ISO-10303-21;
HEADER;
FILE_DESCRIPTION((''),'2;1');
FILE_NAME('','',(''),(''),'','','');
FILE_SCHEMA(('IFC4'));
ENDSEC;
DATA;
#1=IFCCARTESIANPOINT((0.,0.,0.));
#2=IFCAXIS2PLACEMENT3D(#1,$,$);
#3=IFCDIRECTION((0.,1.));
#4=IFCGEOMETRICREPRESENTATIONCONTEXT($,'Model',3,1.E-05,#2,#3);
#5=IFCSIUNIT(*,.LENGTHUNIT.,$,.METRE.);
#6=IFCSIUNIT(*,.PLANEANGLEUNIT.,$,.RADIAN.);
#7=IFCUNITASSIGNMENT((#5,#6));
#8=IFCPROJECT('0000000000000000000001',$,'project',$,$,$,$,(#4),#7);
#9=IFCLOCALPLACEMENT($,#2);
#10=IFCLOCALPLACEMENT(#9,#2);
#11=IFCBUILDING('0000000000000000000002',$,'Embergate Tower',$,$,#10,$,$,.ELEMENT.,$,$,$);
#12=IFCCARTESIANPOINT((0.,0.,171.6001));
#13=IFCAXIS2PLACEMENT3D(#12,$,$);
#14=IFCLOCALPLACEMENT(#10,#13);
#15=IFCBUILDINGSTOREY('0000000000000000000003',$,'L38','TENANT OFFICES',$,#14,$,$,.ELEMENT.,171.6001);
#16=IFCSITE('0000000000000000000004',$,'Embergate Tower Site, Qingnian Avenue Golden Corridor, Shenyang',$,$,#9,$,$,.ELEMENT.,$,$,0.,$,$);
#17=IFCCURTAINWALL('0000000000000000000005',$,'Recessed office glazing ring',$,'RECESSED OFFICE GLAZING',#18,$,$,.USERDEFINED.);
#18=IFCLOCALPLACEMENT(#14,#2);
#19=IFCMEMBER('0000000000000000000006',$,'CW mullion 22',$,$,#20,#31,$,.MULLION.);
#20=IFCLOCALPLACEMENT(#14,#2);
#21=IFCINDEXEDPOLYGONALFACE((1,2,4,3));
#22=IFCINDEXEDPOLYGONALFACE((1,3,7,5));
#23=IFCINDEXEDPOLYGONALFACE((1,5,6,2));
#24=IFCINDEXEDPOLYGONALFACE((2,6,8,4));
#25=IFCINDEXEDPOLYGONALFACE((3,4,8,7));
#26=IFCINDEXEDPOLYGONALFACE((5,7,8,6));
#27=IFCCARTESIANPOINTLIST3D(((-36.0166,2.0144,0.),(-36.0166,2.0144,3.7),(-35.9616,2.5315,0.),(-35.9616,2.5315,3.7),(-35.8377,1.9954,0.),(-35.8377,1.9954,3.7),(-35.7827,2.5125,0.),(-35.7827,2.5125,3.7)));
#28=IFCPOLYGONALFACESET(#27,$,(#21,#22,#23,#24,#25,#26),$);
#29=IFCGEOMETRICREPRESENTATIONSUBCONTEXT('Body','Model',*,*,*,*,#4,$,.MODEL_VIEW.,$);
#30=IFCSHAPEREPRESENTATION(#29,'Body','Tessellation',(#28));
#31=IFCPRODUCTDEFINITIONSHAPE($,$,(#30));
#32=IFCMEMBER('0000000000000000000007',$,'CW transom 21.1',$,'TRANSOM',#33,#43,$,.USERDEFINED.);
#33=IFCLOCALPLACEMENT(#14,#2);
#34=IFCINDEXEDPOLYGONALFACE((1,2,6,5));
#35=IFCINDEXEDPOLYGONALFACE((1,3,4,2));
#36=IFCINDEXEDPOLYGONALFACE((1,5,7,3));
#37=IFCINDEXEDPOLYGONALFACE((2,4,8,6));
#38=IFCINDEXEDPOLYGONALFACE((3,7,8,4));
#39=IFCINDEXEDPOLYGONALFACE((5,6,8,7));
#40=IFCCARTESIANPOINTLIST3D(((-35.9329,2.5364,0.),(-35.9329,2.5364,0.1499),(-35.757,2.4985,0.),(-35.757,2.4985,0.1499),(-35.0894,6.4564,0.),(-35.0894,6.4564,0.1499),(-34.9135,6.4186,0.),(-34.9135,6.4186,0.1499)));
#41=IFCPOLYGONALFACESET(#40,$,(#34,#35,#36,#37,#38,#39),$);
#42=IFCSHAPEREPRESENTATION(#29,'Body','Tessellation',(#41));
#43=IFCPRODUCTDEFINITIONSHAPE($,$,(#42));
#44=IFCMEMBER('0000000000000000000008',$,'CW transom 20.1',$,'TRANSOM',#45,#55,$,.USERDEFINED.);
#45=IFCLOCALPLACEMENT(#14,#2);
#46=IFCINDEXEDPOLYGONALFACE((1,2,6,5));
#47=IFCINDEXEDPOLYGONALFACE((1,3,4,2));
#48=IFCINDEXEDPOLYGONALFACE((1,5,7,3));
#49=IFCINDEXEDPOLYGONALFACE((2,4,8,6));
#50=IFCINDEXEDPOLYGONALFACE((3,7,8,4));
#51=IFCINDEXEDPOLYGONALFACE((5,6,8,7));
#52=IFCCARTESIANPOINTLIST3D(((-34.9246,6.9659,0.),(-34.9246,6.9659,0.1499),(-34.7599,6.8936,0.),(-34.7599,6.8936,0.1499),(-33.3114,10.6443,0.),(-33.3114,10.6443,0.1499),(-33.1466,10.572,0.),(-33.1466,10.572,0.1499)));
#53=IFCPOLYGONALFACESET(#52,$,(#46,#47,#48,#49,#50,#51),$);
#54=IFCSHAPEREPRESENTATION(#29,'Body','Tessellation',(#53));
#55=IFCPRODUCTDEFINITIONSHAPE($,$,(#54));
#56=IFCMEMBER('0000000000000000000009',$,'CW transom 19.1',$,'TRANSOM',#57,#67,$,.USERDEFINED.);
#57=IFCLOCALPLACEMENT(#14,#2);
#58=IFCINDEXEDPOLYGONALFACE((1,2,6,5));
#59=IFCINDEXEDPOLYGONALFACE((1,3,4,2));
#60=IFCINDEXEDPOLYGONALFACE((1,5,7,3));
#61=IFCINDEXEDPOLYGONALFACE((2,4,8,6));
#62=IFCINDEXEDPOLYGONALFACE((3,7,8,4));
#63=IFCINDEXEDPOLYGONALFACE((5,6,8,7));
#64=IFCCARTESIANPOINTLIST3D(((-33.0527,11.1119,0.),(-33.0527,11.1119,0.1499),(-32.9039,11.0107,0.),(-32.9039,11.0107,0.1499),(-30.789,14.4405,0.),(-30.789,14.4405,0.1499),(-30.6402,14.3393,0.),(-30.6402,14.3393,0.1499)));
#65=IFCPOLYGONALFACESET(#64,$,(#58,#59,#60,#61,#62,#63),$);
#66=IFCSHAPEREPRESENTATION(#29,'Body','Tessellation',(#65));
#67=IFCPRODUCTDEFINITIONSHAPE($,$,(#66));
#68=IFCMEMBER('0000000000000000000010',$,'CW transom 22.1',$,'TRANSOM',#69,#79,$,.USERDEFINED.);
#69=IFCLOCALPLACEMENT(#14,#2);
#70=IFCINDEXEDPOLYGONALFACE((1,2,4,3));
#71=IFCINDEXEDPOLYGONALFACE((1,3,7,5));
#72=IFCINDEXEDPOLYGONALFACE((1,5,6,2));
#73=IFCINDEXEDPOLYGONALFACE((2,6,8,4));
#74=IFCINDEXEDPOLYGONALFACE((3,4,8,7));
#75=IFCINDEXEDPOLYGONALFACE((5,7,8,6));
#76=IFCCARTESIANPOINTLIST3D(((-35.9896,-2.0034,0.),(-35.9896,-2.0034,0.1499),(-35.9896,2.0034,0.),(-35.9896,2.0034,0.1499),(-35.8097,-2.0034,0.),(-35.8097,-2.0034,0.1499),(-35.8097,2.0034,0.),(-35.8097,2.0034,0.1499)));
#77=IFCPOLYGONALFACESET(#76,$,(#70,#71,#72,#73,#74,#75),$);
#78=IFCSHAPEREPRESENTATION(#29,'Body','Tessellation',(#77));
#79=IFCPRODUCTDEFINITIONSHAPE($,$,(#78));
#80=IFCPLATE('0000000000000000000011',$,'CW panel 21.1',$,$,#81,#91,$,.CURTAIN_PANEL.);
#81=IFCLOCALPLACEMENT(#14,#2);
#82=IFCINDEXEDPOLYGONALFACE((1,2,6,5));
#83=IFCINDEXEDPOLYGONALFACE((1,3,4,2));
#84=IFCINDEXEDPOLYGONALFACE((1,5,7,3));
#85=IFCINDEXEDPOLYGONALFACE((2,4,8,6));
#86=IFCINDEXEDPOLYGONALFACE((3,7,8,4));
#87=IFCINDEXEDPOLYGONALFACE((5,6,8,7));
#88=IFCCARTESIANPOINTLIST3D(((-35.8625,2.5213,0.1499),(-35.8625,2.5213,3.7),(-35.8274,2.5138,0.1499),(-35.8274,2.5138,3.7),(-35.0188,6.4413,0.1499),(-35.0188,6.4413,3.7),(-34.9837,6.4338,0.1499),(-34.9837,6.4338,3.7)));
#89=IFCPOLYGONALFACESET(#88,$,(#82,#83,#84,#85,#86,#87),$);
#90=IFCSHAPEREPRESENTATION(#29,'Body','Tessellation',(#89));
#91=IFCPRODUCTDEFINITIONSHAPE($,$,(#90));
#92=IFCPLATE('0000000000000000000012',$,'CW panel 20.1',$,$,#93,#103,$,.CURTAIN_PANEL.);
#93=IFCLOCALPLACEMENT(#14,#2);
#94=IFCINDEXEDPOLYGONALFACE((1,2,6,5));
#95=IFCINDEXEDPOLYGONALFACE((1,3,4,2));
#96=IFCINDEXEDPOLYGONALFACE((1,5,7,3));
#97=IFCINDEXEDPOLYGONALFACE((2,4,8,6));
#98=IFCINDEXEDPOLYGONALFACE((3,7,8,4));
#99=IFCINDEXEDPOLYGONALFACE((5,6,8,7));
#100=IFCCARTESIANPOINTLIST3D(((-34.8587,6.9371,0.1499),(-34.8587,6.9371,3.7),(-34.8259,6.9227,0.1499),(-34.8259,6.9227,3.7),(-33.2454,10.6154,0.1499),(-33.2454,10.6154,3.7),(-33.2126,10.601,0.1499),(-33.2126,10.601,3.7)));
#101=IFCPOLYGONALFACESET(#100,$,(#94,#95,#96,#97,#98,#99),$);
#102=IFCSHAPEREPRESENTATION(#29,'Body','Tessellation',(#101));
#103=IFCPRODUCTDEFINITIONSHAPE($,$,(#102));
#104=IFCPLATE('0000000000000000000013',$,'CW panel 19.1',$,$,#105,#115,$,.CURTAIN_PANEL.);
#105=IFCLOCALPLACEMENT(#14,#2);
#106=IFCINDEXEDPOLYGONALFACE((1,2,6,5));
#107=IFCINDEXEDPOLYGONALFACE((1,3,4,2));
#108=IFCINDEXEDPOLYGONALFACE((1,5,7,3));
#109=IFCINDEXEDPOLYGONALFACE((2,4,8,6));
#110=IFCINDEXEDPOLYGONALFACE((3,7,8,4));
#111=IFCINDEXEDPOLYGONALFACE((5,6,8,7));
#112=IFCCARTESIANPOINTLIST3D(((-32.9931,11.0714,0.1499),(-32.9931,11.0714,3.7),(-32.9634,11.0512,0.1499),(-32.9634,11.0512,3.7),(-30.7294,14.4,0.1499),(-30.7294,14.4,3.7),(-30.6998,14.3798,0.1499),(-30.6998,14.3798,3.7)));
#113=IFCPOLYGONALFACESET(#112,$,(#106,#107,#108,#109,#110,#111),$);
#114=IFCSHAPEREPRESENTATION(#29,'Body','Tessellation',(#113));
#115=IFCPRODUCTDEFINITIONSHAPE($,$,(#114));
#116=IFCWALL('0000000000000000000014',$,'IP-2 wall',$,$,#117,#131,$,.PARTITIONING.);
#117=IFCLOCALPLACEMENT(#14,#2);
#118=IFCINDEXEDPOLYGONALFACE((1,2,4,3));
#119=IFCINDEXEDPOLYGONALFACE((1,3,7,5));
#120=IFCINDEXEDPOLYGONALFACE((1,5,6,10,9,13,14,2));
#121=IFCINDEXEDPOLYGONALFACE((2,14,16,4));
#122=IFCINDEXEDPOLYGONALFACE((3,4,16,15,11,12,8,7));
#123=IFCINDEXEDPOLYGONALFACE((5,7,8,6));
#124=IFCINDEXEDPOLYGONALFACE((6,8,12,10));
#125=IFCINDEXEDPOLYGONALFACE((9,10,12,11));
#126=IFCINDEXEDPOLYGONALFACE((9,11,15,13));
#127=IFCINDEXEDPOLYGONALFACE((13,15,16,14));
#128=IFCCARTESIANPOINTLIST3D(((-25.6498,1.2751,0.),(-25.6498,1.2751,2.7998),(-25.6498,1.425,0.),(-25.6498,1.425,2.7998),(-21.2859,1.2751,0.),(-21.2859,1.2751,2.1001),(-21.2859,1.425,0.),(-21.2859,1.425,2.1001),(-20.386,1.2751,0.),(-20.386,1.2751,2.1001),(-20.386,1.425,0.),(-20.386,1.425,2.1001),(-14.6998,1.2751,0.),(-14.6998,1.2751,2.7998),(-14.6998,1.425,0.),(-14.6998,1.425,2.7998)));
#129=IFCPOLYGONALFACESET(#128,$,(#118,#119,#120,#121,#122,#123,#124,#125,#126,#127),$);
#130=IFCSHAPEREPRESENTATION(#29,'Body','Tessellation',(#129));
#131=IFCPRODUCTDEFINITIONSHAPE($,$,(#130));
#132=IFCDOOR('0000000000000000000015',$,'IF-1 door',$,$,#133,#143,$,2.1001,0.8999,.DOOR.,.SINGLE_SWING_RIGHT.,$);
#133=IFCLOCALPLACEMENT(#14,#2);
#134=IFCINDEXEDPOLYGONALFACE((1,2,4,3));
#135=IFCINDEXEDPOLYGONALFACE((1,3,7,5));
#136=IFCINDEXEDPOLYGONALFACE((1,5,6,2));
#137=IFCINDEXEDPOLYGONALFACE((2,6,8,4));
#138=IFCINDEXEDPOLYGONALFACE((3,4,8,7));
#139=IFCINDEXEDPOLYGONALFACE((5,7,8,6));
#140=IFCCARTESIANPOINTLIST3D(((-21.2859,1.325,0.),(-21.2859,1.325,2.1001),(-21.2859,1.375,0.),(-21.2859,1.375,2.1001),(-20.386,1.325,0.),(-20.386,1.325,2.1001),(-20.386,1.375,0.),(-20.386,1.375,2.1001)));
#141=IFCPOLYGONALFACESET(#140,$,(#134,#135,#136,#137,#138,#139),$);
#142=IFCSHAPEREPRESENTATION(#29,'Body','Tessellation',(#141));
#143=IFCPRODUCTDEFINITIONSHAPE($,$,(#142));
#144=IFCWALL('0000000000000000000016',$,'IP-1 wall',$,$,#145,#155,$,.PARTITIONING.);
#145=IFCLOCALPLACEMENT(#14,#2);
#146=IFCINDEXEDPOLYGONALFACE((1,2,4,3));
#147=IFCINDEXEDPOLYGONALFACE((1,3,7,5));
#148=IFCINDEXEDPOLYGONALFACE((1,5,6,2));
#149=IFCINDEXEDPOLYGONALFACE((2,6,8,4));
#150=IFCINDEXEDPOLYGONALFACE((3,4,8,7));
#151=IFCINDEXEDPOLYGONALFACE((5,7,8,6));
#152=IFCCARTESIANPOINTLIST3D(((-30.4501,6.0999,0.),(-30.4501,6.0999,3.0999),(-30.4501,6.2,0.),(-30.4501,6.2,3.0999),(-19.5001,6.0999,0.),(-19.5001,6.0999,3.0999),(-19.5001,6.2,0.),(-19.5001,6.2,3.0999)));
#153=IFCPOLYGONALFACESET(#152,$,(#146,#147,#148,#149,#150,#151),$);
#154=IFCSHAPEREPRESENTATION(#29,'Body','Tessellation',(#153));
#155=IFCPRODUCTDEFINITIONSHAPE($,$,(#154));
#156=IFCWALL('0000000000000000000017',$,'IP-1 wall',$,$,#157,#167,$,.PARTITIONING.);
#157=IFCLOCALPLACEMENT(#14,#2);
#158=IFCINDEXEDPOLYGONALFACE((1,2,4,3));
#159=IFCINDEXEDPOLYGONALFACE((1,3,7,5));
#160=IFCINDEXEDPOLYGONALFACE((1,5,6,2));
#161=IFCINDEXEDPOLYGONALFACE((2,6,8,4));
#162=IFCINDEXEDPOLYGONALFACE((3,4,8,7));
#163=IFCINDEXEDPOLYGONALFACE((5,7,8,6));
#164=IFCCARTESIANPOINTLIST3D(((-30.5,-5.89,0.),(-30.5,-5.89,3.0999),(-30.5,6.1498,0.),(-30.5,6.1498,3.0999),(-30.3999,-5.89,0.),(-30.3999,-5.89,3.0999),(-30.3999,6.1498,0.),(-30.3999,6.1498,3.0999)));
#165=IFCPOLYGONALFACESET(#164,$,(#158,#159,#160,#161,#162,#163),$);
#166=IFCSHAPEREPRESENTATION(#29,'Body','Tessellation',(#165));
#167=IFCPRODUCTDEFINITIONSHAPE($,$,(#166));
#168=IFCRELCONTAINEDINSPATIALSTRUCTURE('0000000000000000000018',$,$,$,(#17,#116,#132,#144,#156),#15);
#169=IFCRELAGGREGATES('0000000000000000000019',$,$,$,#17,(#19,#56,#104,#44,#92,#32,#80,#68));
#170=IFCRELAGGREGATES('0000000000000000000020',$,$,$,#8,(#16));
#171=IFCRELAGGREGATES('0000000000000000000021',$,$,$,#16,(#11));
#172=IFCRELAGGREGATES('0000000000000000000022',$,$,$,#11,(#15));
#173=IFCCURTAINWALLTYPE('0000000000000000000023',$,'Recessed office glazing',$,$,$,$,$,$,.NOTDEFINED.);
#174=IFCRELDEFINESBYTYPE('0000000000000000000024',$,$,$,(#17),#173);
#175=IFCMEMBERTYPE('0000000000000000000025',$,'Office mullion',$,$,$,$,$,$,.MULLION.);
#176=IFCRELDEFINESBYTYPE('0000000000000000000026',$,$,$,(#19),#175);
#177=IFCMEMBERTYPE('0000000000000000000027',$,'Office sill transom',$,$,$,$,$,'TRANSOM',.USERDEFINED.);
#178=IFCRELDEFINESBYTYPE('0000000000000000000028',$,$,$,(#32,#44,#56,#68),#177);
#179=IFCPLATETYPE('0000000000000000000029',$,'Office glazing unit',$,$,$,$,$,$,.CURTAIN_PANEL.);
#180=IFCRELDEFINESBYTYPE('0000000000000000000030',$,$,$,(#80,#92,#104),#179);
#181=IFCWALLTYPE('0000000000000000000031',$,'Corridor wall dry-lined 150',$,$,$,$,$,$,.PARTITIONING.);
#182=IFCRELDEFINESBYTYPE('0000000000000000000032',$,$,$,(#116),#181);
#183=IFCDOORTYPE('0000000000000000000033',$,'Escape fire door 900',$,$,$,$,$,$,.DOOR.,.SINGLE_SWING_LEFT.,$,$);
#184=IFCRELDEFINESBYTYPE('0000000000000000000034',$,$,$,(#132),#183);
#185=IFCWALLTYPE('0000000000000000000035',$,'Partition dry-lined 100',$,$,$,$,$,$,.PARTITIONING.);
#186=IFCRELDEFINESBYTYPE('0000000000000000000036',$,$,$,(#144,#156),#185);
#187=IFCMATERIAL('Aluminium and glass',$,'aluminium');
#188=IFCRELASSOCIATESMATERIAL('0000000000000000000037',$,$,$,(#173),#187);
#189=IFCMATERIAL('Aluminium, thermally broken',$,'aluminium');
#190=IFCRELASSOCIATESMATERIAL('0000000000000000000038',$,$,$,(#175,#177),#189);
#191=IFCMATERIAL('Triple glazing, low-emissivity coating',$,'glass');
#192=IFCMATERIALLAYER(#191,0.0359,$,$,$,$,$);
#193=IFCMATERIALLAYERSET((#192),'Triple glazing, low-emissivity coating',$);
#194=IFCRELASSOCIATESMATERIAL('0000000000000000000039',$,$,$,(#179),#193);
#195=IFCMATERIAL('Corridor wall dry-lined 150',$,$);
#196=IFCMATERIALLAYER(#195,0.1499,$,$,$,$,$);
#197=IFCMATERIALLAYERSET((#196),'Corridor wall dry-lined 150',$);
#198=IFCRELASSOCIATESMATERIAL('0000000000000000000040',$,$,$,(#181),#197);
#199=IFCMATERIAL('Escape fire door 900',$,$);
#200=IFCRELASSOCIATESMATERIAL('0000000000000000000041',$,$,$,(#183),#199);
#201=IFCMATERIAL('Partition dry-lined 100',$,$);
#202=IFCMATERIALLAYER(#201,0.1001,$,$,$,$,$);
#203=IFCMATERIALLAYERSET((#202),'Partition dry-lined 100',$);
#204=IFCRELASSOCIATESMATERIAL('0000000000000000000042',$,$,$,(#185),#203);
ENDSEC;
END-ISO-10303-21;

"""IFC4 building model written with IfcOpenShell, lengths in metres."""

from ifc_helpers import new_model, si_unit, direction, frame, frame_2d, origin, origin_2d, place, context, subcontext, project, spatial, rectangle, extrude, source, transform, mapped, material, layer, layer_set, material_profile, profile_set, type_object, element, fill, aggregate, save


model = new_model("IFC4")

# Units and contexts
model_context = context("Model", 3, precision=1e-05, world=origin(), true_north=direction((0.0, 1.0)))
body_context = subcontext(model_context, "Body", "Model", "MODEL_VIEW")
ifc_project = project(units=[si_unit("LENGTHUNIT", "METRE"), si_unit("PLANEANGLEUNIT", "RADIAN")], contexts=[model_context])

# Site, building, storey
site_placement = place(None, origin())
site = spatial("IfcSite", under=ifc_project, at=site_placement, Name="Embergate Tower Site, Qingnian Avenue Golden Corridor, Shenyang", CompositionType="ELEMENT", RefElevation=0.0)
building_placement = place(site_placement, origin())
building = spatial("IfcBuilding", under=site, at=building_placement, Name="Embergate Tower", CompositionType="ELEMENT")
storey_placement = place(building_placement, frame((0.0, 0.0, 171.6001)))
storey = spatial("IfcBuildingStorey", under=building, at=storey_placement, Name="L38", Description="TENANT OFFICES", CompositionType="ELEMENT", Elevation=171.6001)

# Curtain wall, members, plates
ifc_material_1 = material(Name="Aluminium and glass", Category="aluminium")
curtain_wall_type = type_object("IfcCurtainWallType", Name="Recessed office glazing", PredefinedType="NOTDEFINED", material=ifc_material_1)
curtain_wall_placement = place(storey_placement, origin())
curtain_wall = element("IfcCurtainWall", 1, at=curtain_wall_placement, inside=storey, type_object=curtain_wall_type, Name="Recessed office glazing ring", ObjectType="RECESSED OFFICE GLAZING", PredefinedType="USERDEFINED")
ifc_material_2 = material(Name="Aluminium, thermally broken", Category="aluminium")
ifc_material_profile_1 = material_profile(ifc_material_2, rectangle(XDim=0.1799, YDim=0.52, at=origin_2d()), Name="AL 520x180")
ifc_profile_set_1 = profile_set([ifc_material_profile_1], Name="Aluminium, thermally broken")
member_type_1 = type_object("IfcMemberType", Name="Office mullion", PredefinedType="MULLION", material=ifc_profile_set_1)
shared_shape_1 = source(origin(), body_context, "Body", "SweptSolid", [
    extrude(rectangle(XDim=0.1799, YDim=0.52, at=origin_2d()), origin(), (0.0, 0.0, 1.0), 3.7),
])
member_1_placement = place(storey_placement, frame((-35.8997, 2.2634, 0.0), z_axis=(0.0, 0.0, 1.0), x_axis=(0.994385, -0.105825, 0.0)))
member_1 = element("IfcMember", 2, at=member_1_placement, type_object=member_type_1, Name="CW mullion 22", PredefinedType="MULLION", context=body_context, shape_type="MappedRepresentation", body=[
    mapped(shared_shape_1, transform((0.0, 0.0, 0.0))),
])
ifc_material_profile_2 = material_profile(ifc_material_2, rectangle(XDim=0.1799, YDim=0.1499, at=origin_2d()), Name="AL 150x180")
ifc_profile_set_2 = profile_set([ifc_material_profile_2], Name="Aluminium, thermally broken")
member_type_2 = type_object("IfcMemberType", Name="Office sill transom", ElementType="TRANSOM", PredefinedType="USERDEFINED", material=ifc_profile_set_2)
shared_shape_2 = source(origin(), body_context, "Body", "SweptSolid", [
    extrude(rectangle(XDim=0.1799, YDim=0.1499, at=origin_2d()), origin(), (0.0, 0.0, 1.0), 4.0098),
])
member_2_placement = place(storey_placement, frame((-35.0015, 6.4375, 0.075), z_axis=(-0.210369, -0.977622, 0.0), x_axis=(0.977622, -0.210369, 0.0)))
member_2 = element("IfcMember", 3, at=member_2_placement, type_object=member_type_2, Name="CW transom 21.1", ObjectType="TRANSOM", PredefinedType="USERDEFINED", context=body_context, shape_type="MappedRepresentation", body=[
    mapped(shared_shape_2, transform((0.0, 0.0, 0.0))),
])
shared_shape_3 = source(origin(), body_context, "Body", "SweptSolid", [
    extrude(rectangle(XDim=0.1799, YDim=0.1499, at=origin_2d()), origin(), (0.0, 0.0, 1.0), 4.0166),
])
member_3_placement = place(storey_placement, frame((-33.229, 10.6082, 0.075), z_axis=(-0.401645, -0.915796, 0.0), x_axis=(0.915796, -0.401645, 0.0)))
member_3 = element("IfcMember", 4, at=member_3_placement, type_object=member_type_2, Name="CW transom 20.1", ObjectType="TRANSOM", PredefinedType="USERDEFINED", context=body_context, shape_type="MappedRepresentation", body=[
    mapped(shared_shape_3, transform((0.0, 0.0, 0.0))),
])
shared_shape_4 = source(origin(), body_context, "Body", "SweptSolid", [
    extrude(rectangle(XDim=0.1799, YDim=0.1499, at=origin_2d()), origin(), (0.0, 0.0, 1.0), 4.0254),
])
member_4_placement = place(storey_placement, frame((-30.7146, 14.3899, 0.075), z_axis=(-0.562347, -0.826902, 0.0), x_axis=(0.826902, -0.562347, 0.0)))
member_4 = element("IfcMember", 5, at=member_4_placement, type_object=member_type_2, Name="CW transom 19.1", ObjectType="TRANSOM", PredefinedType="USERDEFINED", context=body_context, shape_type="MappedRepresentation", body=[
    mapped(shared_shape_4, transform((0.0, 0.0, 0.0))),
])
shared_shape_5 = source(origin(), body_context, "Body", "SweptSolid", [
    extrude(rectangle(XDim=0.1799, YDim=0.1499, at=origin_2d()), origin(), (0.0, 0.0, 1.0), 4.0068),
])
member_5_placement = place(storey_placement, frame((-35.8997, 2.0034, 0.075), z_axis=(0.0, -1.0, 0.0), x_axis=(1.0, 0.0, 0.0)))
member_5 = element("IfcMember", 6, at=member_5_placement, type_object=member_type_2, Name="CW transom 22.1", ObjectType="TRANSOM", PredefinedType="USERDEFINED", context=body_context, shape_type="MappedRepresentation", body=[
    mapped(shared_shape_5, transform((0.0, 0.0, 0.0))),
])
ifc_material_3 = material(Name="Triple glazing, low-emissivity coating", Category="glass")
ifc_layer_1 = layer(ifc_material_3, 0.0359)
ifc_layer_set_1 = layer_set([ifc_layer_1], Name="Triple glazing, low-emissivity coating")
plate_type = type_object("IfcPlateType", Name="Office glazing unit", PredefinedType="CURTAIN_PANEL", material=ifc_layer_set_1)
shared_shape_6 = source(origin(), body_context, "Body", "SweptSolid", [
    extrude(rectangle(XDim=4.0098, YDim=0.0359, at=origin_2d()), origin(), (0.0, 0.0, 1.0), 3.55),
])
plate_1_placement = place(storey_placement, frame((-35.4231, 4.4775, 0.1499), z_axis=(0.0, 0.0, 1.0), x_axis=(-0.210402, -0.977615, 0.0)))
plate_1 = element("IfcPlate", 7, at=plate_1_placement, type_object=plate_type, Name="CW panel 21.1", PredefinedType="CURTAIN_PANEL", context=body_context, shape_type="MappedRepresentation", body=[
    mapped(shared_shape_6, transform((0.0, 0.0, 0.0))),
])
shared_shape_7 = source(origin(), body_context, "Body", "SweptSolid", [
    extrude(rectangle(XDim=4.0166, YDim=0.0359, at=origin_2d()), origin(), (0.0, 0.0, 1.0), 3.55),
])
plate_2_placement = place(storey_placement, frame((-34.0356, 8.769, 0.1499), z_axis=(0.0, 0.0, 1.0), x_axis=(-0.401658, -0.91579, 0.0)))
plate_2 = element("IfcPlate", 8, at=plate_2_placement, type_object=plate_type, Name="CW panel 20.1", PredefinedType="CURTAIN_PANEL", context=body_context, shape_type="MappedRepresentation", body=[
    mapped(shared_shape_7, transform((0.0, 0.0, 0.0))),
])
shared_shape_8 = source(origin(), body_context, "Body", "SweptSolid", [
    extrude(rectangle(XDim=4.0254, YDim=0.0359, at=origin_2d()), origin(), (0.0, 0.0, 1.0), 3.55),
])
plate_3_placement = place(storey_placement, frame((-31.8464, 12.7256, 0.1499), z_axis=(0.0, 0.0, 1.0), x_axis=(-0.562348, -0.826901, 0.0)))
plate_3 = element("IfcPlate", 9, at=plate_3_placement, type_object=plate_type, Name="CW panel 19.1", PredefinedType="CURTAIN_PANEL", context=body_context, shape_type="MappedRepresentation", body=[
    mapped(shared_shape_8, transform((0.0, 0.0, 0.0))),
])
aggregate(curtain_wall, [member_1, member_4, plate_3, member_3, plate_2, member_2, plate_1, member_5])

# Wall, opening, door
ifc_material_4 = material(Name="Corridor wall dry-lined 150")
ifc_layer_2 = layer(ifc_material_4, 0.1499)
ifc_layer_set_2 = layer_set([ifc_layer_2], Name="Corridor wall dry-lined 150")
wall_type_1 = type_object("IfcWallType", Name="Corridor wall dry-lined 150", PredefinedType="PARTITIONING", material=ifc_layer_set_2)
shared_shape_9 = source(origin(), body_context, "Body", "SweptSolid", [
    extrude(rectangle(XDim=10.95, YDim=0.1499, at=frame_2d((5.4751, 0.0))), origin(), (0.0, 0.0, 1.0), 2.7998),
])
wall_1_placement = place(storey_placement, frame((-25.6499, 1.3501, 0.0), z_axis=(0.0, 0.0, 1.0), x_axis=(1.0, 0.0, 0.0)))
wall_1 = element("IfcWall", 10, at=wall_1_placement, inside=storey, type_object=wall_type_1, Name="IP-2 wall", PredefinedType="PARTITIONING", context=body_context, shape_type="MappedRepresentation", body=[
    mapped(shared_shape_9, transform((0.0, 0.0, 0.0))),
])
shared_shape_10 = source(origin(), body_context, "Body", "SweptSolid", [
    extrude(rectangle(XDim=0.8999, YDim=2.1001, at=frame_2d((0.45, 1.05))), frame((0.0, 0.085, 0.0), z_axis=(0.0, -1.0, 0.0), x_axis=(1.0, 0.0, 0.0)), (0.0, 0.0, 1.0), 0.1699),
])
opening_placement = place(wall_1_placement, frame((4.364, 0.0, 0.0)))
opening = element("IfcOpeningElement", 11, at=opening_placement, cuts=wall_1, PredefinedType="OPENING", context=body_context, shape_type="MappedRepresentation", body=[
    mapped(shared_shape_10, transform((0.0, 0.0, 0.0))),
])
ifc_material_5 = material(Name="Escape fire door 900")
door_type = type_object("IfcDoorType", Name="Escape fire door 900", OperationType="SINGLE_SWING_LEFT", PredefinedType="DOOR", material=ifc_material_5)
shared_shape_11 = source(origin(), body_context, "Body", "SweptSolid", [
    extrude(rectangle(XDim=0.8999, YDim=2.1001, at=frame_2d((0.45, 1.05))), frame((0.0, 0.0249, 0.0), z_axis=(0.0, -1.0, 0.0), x_axis=(1.0, 0.0, 0.0)), (0.0, 0.0, 1.0), 0.05),
])
door_placement = place(opening_placement, origin())
door = element("IfcDoor", 12, at=door_placement, inside=storey, type_object=door_type, Name="IF-1 door", OperationType="SINGLE_SWING_RIGHT", OverallHeight=2.1001, OverallWidth=0.8999, PredefinedType="DOOR", context=body_context, shape_type="MappedRepresentation", body=[
    mapped(shared_shape_11, transform((0.0, 0.0, 0.0))),
])
fill(opening, door)

# Walls
ifc_material_6 = material(Name="Partition dry-lined 100")
ifc_layer_3 = layer(ifc_material_6, 0.1001)
ifc_layer_set_3 = layer_set([ifc_layer_3], Name="Partition dry-lined 100")
wall_type_2 = type_object("IfcWallType", Name="Partition dry-lined 100", PredefinedType="PARTITIONING", material=ifc_layer_set_3)
shared_shape_12 = source(origin(), body_context, "Body", "SweptSolid", [
    extrude(rectangle(XDim=10.95, YDim=0.1001, at=frame_2d((5.4751, 0.0))), origin(), (0.0, 0.0, 1.0), 3.0999),
])
wall_2_placement = place(storey_placement, frame((-19.5, 6.1499, 0.0), z_axis=(0.0, 0.0, 1.0), x_axis=(-1.0, 0.0, 0.0)))
element("IfcWall", 13, at=wall_2_placement, inside=storey, type_object=wall_type_2, Name="IP-1 wall", PredefinedType="PARTITIONING", context=body_context, shape_type="MappedRepresentation", body=[
    mapped(shared_shape_12, transform((0.0, 0.0, 0.0))),
])
shared_shape_13 = source(origin(), body_context, "Body", "SweptSolid", [
    extrude(rectangle(XDim=12.0398, YDim=0.1001, at=frame_2d((6.02, 0.0))), origin(), (0.0, 0.0, 1.0), 3.0999),
])
wall_3_placement = place(storey_placement, frame((-30.45, 6.1499, 0.0), z_axis=(0.0, 0.0, 1.0), x_axis=(0.0, -1.0, 0.0)))
element("IfcWall", 14, at=wall_3_placement, inside=storey, type_object=wall_type_2, Name="IP-1 wall", PredefinedType="PARTITIONING", context=body_context, shape_type="MappedRepresentation", body=[
    mapped(shared_shape_13, transform((0.0, 0.0, 0.0))),
])

save(model, "model.ifc")
